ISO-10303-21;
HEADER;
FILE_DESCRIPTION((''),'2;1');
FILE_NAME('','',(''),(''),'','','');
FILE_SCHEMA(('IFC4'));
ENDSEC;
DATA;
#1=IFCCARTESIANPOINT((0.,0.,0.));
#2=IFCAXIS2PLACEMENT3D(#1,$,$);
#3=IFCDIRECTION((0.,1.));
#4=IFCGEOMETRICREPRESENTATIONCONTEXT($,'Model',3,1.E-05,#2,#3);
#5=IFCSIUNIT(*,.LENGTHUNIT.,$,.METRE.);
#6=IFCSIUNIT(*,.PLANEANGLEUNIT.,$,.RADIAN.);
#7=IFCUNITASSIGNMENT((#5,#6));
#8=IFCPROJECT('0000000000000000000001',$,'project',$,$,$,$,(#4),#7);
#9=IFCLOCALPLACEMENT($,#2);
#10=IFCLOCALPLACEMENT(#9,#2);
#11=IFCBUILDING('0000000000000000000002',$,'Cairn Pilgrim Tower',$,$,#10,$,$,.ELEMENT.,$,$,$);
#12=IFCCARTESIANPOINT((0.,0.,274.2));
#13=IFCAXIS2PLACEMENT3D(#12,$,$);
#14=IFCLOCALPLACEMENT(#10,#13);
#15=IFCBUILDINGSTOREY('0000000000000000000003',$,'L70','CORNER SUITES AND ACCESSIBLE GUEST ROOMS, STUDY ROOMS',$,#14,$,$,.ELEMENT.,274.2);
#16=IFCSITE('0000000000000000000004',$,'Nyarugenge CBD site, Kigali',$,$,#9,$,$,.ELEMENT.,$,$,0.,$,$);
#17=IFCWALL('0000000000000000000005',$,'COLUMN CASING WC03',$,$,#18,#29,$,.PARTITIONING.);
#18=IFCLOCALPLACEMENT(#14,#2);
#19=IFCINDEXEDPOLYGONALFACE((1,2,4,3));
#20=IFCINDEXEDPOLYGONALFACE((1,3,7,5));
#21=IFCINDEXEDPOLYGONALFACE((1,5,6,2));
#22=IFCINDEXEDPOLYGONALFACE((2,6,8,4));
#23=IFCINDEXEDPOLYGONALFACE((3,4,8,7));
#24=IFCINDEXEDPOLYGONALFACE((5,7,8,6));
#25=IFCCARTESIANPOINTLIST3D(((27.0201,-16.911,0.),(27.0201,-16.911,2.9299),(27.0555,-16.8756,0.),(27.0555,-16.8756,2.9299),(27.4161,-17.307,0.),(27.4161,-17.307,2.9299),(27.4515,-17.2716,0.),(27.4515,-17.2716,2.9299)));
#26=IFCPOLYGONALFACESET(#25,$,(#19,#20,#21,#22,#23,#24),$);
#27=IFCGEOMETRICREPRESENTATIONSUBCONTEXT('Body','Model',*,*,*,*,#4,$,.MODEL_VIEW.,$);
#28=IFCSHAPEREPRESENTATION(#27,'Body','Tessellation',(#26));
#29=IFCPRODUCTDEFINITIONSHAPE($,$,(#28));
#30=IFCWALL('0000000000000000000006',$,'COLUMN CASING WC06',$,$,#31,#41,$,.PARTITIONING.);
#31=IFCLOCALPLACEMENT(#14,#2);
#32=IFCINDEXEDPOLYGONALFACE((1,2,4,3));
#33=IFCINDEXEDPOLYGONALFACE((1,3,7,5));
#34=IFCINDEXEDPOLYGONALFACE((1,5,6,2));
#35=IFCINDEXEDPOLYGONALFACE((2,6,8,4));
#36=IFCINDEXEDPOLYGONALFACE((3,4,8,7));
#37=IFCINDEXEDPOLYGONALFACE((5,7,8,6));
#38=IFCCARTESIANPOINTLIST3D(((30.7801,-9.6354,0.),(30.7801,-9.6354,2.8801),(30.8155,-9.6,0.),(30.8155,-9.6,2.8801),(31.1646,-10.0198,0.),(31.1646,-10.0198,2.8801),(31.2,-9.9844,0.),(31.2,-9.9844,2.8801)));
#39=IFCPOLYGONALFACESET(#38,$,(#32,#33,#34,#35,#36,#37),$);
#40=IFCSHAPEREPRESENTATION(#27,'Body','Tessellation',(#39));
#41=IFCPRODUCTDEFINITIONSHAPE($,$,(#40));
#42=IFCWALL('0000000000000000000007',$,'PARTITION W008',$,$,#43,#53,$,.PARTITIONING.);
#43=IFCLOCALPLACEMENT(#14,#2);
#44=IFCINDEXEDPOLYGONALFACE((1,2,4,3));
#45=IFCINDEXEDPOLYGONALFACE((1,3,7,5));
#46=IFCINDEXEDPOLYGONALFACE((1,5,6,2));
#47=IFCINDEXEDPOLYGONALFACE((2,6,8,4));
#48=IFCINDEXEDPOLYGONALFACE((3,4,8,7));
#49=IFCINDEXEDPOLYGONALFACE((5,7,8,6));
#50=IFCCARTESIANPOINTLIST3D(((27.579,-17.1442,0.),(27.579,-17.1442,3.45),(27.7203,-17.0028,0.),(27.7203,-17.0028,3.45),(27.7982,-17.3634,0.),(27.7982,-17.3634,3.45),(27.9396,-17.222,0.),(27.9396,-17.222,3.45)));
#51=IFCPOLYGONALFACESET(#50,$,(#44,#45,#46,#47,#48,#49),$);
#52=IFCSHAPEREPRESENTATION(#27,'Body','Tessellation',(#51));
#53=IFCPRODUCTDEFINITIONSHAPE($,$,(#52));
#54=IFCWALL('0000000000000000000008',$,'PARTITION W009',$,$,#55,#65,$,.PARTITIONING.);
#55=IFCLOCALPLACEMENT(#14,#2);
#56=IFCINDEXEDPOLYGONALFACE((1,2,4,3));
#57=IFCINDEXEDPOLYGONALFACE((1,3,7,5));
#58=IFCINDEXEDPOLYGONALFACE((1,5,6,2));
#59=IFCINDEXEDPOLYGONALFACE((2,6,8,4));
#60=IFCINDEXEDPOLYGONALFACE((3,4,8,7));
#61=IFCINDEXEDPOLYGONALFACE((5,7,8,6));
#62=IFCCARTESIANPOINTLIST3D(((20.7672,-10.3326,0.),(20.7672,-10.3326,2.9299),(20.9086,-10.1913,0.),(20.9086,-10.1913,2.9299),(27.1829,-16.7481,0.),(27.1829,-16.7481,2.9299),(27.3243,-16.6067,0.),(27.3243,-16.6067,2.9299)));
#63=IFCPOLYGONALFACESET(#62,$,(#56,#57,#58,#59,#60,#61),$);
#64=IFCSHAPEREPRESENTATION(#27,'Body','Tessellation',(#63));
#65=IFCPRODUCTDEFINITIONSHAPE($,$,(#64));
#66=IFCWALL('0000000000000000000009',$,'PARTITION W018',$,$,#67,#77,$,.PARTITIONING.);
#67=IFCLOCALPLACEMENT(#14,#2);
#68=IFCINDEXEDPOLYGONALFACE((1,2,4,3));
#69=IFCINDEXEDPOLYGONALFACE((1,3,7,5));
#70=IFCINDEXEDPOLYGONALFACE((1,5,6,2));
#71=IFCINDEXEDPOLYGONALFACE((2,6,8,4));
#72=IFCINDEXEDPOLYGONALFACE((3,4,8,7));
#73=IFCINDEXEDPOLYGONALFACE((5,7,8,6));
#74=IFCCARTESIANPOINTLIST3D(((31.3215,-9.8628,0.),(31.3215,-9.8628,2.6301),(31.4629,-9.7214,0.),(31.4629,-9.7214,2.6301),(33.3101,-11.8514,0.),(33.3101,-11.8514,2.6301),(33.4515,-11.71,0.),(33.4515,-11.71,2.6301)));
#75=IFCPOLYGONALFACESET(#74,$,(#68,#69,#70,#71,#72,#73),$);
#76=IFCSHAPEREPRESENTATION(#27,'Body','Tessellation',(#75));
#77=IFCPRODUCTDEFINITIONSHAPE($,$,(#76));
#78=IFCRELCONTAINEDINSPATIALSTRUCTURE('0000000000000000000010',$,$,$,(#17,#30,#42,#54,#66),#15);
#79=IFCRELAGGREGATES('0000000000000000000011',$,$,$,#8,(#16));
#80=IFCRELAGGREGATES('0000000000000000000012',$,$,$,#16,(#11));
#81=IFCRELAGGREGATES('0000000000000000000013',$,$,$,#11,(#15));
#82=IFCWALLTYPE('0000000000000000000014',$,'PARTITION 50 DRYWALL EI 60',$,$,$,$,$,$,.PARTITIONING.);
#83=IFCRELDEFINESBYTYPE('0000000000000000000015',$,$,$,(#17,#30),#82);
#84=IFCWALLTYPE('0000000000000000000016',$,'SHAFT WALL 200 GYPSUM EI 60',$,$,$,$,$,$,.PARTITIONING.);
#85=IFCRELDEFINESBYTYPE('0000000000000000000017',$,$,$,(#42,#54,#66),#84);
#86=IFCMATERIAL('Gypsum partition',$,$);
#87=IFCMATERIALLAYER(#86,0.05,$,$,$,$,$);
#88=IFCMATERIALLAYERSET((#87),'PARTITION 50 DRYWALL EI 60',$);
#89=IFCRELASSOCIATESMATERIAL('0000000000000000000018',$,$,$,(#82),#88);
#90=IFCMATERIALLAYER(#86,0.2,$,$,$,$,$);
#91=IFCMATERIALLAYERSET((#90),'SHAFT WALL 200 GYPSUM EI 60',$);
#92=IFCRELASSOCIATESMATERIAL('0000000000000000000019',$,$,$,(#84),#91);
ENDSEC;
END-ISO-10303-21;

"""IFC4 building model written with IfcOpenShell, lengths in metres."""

from ifc_helpers import new_model, si_unit, direction, frame, frame_2d, origin, place, context, subcontext, project, spatial, rectangle, extrude, material, layer, layer_set, type_object, element, save


model = new_model("IFC4")

# Units and contexts
model_context = context("Model", 3, precision=1e-05, world=origin(), true_north=direction((0.0, 1.0)))
body_context = subcontext(model_context, "Body", "Model", "MODEL_VIEW")
ifc_project = project(units=[si_unit("LENGTHUNIT", "METRE"), si_unit("PLANEANGLEUNIT", "RADIAN")], contexts=[model_context])

# Site, building, storey
site_placement = place(None, origin())
site = spatial("IfcSite", under=ifc_project, at=site_placement, Name="Nyarugenge CBD site, Kigali", CompositionType="ELEMENT", RefElevation=0.0)
building_placement = place(site_placement, origin())
building = spatial("IfcBuilding", under=site, at=building_placement, Name="Cairn Pilgrim Tower", CompositionType="ELEMENT")
storey_placement = place(building_placement, frame((0.0, 0.0, 274.2)))
storey = spatial("IfcBuildingStorey", under=building, at=storey_placement, Name="L70", Description="CORNER SUITES AND ACCESSIBLE GUEST ROOMS, STUDY ROOMS", CompositionType="ELEMENT", Elevation=274.2)

# Walls
ifc_material_1 = material(Name="Gypsum partition")
ifc_layer_1 = layer(ifc_material_1, 0.05)
ifc_layer_set_1 = layer_set([ifc_layer_1], Name="PARTITION 50 DRYWALL EI 60")
wall_type_1 = type_object("IfcWallType", Name="PARTITION 50 DRYWALL EI 60", PredefinedType="PARTITIONING", material=ifc_layer_set_1)
wall_1_placement = place(storey_placement, frame((27.4338, -17.2893, 0.0), z_axis=(0.0, 0.0, 1.0), x_axis=(-0.707107, 0.707107, 0.0)))
element("IfcWall", 1, at=wall_1_placement, inside=storey, type_object=wall_type_1, Name="COLUMN CASING WC03", PredefinedType="PARTITIONING", context=body_context, shape_type="SweptSolid", body=[
    extrude(rectangle(XDim=0.5601, YDim=0.05, at=frame_2d((0.28, 0.0))), origin(), (0.0, 0.0, 1.0), 2.9299),
])
wall_2_placement = place(storey_placement, frame((31.1824, -10.0022, 0.0), z_axis=(0.0, 0.0, 1.0), x_axis=(-0.707107, 0.707107, 0.0)))
element("IfcWall", 2, at=wall_2_placement, inside=storey, type_object=wall_type_1, Name="COLUMN CASING WC06", PredefinedType="PARTITIONING", context=body_context, shape_type="SweptSolid", body=[
    extrude(rectangle(XDim=0.5437, YDim=0.05, at=frame_2d((0.272, 0.0))), origin(), (0.0, 0.0, 1.0), 2.8801),
])
ifc_layer_2 = layer(ifc_material_1, 0.2)
ifc_layer_set_2 = layer_set([ifc_layer_2], Name="SHAFT WALL 200 GYPSUM EI 60")
wall_type_2 = type_object("IfcWallType", Name="SHAFT WALL 200 GYPSUM EI 60", PredefinedType="PARTITIONING", material=ifc_layer_set_2)
wall_3_placement = place(storey_placement, frame((27.8689, -17.2927, 0.0), z_axis=(0.0, 0.0, 1.0), x_axis=(-0.707107, 0.707107, 0.0)))
element("IfcWall", 3, at=wall_3_placement, inside=storey, type_object=wall_type_2, Name="PARTITION W008", PredefinedType="PARTITIONING", context=body_context, shape_type="SweptSolid", body=[
    extrude(rectangle(XDim=0.3101, YDim=0.2, at=frame_2d((0.155, 0.0))), origin(), (0.0, 0.0, 1.0), 3.45),
])
wall_4_placement = place(storey_placement, frame((27.2537, -16.6775, 0.0), z_axis=(0.0, 0.0, 1.0), x_axis=(-0.70712, 0.707093, 0.0)))
element("IfcWall", 4, at=wall_4_placement, inside=storey, type_object=wall_type_2, Name="PARTITION W009", PredefinedType="PARTITIONING", context=body_context, shape_type="SweptSolid", body=[
    extrude(rectangle(XDim=9.073, YDim=0.2, at=frame_2d((4.5366, 0.0))), origin(), (0.0, 0.0, 1.0), 2.9299),
])
wall_5_placement = place(storey_placement, frame((33.3809, -11.7808, 0.0), z_axis=(0.0, 0.0, 1.0), x_axis=(-0.707107, 0.707107, 0.0)))
element("IfcWall", 5, at=wall_5_placement, inside=storey, type_object=wall_type_2, Name="PARTITION W018", PredefinedType="PARTITIONING", context=body_context, shape_type="SweptSolid", body=[
    extrude(rectangle(XDim=2.8123, YDim=0.2, at=frame_2d((1.4062, 0.0))), origin(), (0.0, 0.0, 1.0), 2.6301),
])

save(model, "model.ifc")
